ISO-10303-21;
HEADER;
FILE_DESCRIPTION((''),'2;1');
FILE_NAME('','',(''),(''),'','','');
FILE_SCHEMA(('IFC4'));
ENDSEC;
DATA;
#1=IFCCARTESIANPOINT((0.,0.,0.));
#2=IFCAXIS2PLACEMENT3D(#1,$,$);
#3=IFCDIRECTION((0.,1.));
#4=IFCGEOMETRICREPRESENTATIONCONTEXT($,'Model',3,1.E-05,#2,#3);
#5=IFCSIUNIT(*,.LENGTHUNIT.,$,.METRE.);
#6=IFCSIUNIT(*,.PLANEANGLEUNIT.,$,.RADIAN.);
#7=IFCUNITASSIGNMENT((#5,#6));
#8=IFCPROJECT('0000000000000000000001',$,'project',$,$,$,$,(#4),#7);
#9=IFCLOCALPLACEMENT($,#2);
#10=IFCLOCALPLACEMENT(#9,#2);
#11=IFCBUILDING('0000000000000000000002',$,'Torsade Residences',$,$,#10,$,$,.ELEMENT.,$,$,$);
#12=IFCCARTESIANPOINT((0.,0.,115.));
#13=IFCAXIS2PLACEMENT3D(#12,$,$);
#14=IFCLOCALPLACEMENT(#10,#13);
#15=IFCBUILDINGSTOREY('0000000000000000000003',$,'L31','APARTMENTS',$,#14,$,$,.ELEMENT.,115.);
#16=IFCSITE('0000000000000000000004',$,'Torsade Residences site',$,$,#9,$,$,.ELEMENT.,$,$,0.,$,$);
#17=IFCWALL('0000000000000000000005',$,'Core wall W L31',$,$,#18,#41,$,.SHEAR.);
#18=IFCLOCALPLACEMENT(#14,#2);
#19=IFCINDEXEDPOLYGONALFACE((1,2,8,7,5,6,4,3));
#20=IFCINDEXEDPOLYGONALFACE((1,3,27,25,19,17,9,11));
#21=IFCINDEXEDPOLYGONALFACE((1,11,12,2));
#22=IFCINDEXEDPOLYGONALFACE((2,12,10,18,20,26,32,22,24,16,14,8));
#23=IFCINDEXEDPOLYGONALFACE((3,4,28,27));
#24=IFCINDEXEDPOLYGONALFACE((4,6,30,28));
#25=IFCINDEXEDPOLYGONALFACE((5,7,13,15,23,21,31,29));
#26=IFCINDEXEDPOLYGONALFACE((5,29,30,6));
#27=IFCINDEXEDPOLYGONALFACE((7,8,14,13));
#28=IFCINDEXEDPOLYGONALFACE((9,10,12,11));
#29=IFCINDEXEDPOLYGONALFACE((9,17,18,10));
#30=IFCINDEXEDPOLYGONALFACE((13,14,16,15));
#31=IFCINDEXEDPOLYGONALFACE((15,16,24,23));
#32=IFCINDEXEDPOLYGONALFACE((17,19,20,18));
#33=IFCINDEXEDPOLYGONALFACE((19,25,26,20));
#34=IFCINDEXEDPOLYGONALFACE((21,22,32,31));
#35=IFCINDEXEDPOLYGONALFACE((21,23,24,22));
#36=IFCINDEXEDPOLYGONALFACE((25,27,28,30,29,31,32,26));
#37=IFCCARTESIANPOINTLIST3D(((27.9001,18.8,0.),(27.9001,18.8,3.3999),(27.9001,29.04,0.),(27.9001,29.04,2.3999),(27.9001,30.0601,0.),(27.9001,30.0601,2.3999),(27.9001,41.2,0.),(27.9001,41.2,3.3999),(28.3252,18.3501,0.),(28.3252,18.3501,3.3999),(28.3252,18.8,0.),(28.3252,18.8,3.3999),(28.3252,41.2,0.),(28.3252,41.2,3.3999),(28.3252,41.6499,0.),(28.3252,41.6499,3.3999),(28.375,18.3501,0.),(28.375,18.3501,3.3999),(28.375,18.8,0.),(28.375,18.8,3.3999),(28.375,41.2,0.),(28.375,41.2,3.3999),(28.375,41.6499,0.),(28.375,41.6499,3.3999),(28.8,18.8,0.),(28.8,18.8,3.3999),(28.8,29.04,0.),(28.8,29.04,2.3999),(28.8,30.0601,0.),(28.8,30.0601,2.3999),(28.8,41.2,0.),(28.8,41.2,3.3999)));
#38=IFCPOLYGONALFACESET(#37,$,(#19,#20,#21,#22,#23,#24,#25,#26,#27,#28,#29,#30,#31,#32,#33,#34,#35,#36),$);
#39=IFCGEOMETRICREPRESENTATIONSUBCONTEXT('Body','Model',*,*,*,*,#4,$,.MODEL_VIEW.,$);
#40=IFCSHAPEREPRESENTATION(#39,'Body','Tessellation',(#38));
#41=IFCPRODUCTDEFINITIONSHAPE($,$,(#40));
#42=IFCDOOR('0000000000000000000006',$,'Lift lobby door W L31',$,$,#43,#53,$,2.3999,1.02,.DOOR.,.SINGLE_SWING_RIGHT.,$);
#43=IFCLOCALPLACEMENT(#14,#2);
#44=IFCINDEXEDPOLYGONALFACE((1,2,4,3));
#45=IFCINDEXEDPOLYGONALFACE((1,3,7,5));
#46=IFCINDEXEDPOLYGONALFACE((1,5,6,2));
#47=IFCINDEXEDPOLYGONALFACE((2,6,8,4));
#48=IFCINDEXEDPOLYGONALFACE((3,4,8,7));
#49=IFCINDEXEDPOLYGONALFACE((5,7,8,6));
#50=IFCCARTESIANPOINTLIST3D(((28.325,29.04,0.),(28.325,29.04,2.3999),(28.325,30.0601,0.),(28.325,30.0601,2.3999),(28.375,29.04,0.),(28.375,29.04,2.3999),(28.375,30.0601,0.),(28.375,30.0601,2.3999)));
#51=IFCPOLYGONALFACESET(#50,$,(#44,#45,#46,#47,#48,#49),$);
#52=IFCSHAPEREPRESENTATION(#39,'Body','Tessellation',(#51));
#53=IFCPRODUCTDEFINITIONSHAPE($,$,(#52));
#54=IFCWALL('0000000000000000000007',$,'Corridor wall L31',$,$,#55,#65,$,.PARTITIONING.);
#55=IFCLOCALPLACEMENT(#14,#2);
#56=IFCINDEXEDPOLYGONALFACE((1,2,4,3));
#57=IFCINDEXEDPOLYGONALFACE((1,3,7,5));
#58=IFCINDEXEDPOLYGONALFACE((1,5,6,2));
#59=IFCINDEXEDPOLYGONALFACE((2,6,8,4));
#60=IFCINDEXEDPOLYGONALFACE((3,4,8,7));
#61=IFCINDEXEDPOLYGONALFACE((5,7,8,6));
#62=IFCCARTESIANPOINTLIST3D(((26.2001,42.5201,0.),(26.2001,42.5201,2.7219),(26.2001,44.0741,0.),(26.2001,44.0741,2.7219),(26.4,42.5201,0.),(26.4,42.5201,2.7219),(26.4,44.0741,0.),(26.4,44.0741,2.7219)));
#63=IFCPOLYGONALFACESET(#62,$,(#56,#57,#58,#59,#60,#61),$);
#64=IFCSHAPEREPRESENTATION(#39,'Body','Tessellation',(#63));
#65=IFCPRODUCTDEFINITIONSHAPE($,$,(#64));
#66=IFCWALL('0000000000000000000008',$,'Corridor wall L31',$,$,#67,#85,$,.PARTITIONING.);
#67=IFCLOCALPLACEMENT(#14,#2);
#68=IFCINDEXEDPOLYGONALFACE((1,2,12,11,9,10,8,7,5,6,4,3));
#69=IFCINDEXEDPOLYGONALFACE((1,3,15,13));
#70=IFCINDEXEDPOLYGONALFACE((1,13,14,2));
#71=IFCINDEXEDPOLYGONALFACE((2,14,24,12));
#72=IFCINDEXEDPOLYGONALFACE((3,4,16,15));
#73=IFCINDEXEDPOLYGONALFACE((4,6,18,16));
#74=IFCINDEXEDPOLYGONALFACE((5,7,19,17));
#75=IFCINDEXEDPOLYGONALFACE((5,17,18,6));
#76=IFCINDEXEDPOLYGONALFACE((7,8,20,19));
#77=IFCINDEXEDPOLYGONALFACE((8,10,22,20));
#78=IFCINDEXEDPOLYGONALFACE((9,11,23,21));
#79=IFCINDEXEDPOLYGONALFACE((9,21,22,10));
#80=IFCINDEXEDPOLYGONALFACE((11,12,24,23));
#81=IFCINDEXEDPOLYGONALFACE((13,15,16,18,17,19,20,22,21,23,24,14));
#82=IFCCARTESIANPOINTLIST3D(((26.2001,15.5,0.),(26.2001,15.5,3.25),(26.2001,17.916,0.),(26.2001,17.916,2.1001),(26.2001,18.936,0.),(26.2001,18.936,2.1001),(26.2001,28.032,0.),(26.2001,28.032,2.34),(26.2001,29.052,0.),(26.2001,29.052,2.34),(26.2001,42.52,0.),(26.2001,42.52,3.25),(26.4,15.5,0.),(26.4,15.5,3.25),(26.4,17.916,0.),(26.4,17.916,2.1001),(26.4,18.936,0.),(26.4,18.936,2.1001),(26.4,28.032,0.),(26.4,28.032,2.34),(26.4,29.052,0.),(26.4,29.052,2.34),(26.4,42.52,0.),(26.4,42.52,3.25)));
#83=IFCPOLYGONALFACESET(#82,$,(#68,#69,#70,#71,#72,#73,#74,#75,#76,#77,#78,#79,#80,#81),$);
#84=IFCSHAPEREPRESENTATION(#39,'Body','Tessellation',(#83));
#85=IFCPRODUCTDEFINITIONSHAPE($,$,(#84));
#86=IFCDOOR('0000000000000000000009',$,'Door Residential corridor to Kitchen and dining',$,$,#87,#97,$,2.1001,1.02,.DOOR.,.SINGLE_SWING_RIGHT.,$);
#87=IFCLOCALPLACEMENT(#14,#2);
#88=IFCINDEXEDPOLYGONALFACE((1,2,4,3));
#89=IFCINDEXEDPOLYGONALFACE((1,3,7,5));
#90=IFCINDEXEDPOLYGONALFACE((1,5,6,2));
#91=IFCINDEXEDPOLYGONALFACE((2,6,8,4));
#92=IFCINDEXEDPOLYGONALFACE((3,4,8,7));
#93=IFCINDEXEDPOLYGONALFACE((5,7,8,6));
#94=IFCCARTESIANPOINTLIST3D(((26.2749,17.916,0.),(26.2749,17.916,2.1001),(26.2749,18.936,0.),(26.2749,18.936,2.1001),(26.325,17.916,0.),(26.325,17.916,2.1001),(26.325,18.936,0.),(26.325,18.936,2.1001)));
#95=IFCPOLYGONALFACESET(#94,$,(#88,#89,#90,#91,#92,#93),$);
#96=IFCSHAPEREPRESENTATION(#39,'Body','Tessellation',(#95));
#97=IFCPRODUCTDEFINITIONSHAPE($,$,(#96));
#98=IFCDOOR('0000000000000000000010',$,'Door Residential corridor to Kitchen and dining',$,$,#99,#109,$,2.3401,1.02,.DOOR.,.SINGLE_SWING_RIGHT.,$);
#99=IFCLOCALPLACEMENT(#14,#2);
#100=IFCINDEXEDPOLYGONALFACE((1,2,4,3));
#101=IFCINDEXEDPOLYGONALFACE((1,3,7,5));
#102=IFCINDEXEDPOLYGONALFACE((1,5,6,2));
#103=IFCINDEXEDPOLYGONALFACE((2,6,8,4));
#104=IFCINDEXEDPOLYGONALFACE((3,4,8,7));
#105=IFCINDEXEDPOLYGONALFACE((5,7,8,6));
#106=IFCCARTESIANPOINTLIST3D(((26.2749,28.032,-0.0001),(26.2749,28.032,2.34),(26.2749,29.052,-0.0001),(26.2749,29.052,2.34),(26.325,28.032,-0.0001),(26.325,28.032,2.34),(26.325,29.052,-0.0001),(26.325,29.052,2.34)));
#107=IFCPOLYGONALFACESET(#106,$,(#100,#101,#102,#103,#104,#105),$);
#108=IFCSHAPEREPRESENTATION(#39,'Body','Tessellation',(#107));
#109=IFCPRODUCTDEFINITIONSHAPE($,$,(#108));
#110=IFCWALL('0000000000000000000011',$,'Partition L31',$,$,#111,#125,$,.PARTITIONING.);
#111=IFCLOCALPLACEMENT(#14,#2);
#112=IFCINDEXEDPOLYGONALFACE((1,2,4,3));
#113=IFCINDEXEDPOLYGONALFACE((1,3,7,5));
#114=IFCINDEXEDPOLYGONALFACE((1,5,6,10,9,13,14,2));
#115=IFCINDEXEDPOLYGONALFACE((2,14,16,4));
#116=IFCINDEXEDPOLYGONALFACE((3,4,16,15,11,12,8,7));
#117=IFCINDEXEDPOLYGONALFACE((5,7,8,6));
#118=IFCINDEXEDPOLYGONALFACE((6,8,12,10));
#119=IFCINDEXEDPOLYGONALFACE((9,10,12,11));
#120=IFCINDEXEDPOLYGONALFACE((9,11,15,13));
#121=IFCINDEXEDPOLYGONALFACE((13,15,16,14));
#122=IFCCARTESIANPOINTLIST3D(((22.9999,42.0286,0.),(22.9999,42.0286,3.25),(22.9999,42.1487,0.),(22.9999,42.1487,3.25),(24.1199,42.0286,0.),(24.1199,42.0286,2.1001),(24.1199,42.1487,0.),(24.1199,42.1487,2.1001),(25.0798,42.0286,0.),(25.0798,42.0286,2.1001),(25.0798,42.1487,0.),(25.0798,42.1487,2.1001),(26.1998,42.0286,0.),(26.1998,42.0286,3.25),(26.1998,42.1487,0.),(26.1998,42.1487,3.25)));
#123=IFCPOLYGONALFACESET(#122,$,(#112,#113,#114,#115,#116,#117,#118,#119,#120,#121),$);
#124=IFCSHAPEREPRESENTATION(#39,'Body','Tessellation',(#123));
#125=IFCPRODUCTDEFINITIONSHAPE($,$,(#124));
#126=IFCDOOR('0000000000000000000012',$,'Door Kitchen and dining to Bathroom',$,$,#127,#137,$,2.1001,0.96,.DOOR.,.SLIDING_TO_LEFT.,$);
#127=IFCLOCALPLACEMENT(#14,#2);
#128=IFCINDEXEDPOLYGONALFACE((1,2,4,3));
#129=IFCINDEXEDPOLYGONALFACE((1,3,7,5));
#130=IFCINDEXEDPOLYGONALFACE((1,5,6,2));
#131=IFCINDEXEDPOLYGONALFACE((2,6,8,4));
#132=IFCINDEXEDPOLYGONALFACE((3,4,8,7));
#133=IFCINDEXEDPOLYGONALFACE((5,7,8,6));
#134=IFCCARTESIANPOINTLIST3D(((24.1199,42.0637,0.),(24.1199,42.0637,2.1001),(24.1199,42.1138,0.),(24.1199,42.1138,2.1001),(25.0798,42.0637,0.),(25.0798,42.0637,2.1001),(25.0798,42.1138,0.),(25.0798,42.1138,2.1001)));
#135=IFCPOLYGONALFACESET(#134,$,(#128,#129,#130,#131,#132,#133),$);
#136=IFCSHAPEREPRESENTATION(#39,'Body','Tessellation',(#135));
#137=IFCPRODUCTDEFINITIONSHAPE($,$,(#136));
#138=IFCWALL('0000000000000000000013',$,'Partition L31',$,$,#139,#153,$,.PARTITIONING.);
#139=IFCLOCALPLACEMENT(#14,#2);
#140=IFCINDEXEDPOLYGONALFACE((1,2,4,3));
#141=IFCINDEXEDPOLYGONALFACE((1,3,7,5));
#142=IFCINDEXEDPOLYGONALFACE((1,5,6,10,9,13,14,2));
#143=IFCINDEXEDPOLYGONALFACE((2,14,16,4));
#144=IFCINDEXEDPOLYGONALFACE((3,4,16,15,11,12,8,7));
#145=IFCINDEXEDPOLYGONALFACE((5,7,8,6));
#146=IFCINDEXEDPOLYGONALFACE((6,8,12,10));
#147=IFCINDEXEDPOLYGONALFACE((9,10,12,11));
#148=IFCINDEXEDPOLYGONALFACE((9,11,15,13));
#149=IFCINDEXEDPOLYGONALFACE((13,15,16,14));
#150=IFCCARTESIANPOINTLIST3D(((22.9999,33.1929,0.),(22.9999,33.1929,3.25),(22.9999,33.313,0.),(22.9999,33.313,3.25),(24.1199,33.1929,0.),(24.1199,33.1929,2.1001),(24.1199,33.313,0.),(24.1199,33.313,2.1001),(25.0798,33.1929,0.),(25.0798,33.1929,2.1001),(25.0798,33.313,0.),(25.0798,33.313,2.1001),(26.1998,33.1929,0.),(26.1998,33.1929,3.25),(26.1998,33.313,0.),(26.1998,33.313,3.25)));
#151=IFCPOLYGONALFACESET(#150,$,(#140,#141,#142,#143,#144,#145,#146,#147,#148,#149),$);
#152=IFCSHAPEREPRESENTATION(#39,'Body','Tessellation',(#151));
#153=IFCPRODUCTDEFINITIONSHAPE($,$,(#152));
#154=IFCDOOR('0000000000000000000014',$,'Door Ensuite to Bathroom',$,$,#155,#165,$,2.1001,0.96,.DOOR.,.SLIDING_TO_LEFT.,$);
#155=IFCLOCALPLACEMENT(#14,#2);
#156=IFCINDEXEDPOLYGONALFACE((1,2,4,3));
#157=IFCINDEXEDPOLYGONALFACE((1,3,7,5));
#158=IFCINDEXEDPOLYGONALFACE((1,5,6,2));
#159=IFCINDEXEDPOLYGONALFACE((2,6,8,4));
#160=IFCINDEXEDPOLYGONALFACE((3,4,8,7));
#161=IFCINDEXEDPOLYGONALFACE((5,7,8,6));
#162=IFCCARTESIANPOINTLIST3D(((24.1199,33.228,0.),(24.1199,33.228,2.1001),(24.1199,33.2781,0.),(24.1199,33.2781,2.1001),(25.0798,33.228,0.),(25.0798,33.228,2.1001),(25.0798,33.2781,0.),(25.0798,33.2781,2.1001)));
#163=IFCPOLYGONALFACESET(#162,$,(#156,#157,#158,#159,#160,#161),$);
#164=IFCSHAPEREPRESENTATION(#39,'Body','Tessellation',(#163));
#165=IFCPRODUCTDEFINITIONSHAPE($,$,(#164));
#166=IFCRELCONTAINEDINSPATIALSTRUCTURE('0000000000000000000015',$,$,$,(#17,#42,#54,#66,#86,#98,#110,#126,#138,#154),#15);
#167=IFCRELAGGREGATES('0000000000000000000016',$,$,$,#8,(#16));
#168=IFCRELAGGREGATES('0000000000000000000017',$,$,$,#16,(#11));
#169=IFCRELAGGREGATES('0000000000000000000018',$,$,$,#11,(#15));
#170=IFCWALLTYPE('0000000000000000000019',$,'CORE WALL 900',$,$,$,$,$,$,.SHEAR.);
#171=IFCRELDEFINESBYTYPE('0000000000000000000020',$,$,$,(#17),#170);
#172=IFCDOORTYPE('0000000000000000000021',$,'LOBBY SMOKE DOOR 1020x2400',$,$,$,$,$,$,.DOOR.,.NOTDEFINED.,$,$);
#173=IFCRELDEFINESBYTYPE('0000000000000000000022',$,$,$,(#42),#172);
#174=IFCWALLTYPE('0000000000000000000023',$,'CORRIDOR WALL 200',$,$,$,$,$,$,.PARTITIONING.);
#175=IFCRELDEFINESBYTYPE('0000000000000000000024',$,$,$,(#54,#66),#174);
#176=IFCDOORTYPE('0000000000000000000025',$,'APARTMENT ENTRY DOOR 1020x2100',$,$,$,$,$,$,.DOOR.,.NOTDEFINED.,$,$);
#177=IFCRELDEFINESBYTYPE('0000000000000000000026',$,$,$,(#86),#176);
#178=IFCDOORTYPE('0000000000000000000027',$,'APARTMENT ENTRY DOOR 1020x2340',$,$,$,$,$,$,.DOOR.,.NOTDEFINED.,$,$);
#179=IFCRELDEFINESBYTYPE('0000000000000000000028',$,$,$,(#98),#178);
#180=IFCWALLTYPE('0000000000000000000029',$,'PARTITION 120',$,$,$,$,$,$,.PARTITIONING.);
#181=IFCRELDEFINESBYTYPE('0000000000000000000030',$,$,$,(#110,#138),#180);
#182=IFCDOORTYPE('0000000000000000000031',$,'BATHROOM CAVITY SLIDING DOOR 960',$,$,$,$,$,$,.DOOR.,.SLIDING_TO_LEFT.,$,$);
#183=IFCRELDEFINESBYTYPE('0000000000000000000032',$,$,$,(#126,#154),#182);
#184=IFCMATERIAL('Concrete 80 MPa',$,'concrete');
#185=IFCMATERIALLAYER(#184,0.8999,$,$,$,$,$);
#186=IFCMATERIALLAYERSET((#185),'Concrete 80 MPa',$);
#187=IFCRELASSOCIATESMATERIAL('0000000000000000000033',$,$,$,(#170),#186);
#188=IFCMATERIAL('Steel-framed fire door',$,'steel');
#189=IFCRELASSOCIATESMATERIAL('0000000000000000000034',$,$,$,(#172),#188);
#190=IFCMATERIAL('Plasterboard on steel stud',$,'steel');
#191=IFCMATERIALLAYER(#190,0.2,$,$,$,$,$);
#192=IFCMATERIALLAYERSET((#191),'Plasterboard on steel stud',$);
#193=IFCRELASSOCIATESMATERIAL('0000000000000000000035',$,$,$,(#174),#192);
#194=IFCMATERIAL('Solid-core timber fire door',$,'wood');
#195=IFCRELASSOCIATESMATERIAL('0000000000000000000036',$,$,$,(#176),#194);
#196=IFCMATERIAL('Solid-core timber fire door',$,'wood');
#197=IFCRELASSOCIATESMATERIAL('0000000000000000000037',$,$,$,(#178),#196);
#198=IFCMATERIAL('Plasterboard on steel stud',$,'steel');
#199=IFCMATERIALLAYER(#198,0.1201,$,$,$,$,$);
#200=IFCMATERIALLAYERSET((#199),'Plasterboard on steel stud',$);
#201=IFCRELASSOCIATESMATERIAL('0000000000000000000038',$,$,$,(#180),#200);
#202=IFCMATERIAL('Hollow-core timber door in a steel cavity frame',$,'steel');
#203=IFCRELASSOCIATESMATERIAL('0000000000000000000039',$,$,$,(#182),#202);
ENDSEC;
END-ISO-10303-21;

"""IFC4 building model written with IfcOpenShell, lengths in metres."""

from ifc_helpers import new_model, si_unit, direction, frame, frame_2d, origin, place, context, subcontext, project, spatial, polyline, rectangle, outline, extrude, material, layer, layer_set, type_object, element, fill, save


model = new_model("IFC4")

# Units and contexts
model_context = context("Model", 3, precision=1e-05, world=origin(), true_north=direction((0.0, 1.0)))
body_context = subcontext(model_context, "Body", "Model", "MODEL_VIEW")
ifc_project = project(units=[si_unit("LENGTHUNIT", "METRE"), si_unit("PLANEANGLEUNIT", "RADIAN")], contexts=[model_context])

# Site, building, storey
site_placement = place(None, origin())
site = spatial("IfcSite", under=ifc_project, at=site_placement, Name="Torsade Residences site", CompositionType="ELEMENT", RefElevation=0.0)
building_placement = place(site_placement, origin())
building = spatial("IfcBuilding", under=site, at=building_placement, Name="Torsade Residences", CompositionType="ELEMENT")
storey_placement = place(building_placement, frame((0.0, 0.0, 115.0)))
storey = spatial("IfcBuildingStorey", under=building, at=storey_placement, Name="L31", Description="APARTMENTS", CompositionType="ELEMENT", Elevation=115.0)

# Shared definitions
ifc_material_1 = material(Name="Concrete 80 MPa", Category="concrete")
ifc_layer_1 = layer(ifc_material_1, 0.8999)
ifc_layer_set_1 = layer_set([ifc_layer_1], Name="Concrete 80 MPa")
wall_type_1 = type_object("IfcWallType", Name="CORE WALL 900", PredefinedType="SHEAR", material=ifc_layer_set_1)

# Wall, opening, door
wall_1_placement = place(storey_placement, frame((28.3501, 41.2, 0.0), z_axis=(0.0, 0.0, 1.0), x_axis=(0.0, -1.0, 0.0)))
wall_1 = element("IfcWall", 1, at=wall_1_placement, inside=storey, type_object=wall_type_1, Name="Core wall W L31", PredefinedType="SHEAR", context=body_context, shape_type="SweptSolid", body=[
    extrude(outline(polyline([(0.0, -0.45), (22.3999, -0.45), (22.3999, -0.0249), (22.8499, -0.0249), (22.8499, 0.0249), (22.3999, 0.0249), (22.3999, 0.45), (0.0, 0.45), (0.0, 0.0249), (-0.45, 0.0249), (-0.45, -0.0249), (0.0, -0.0249), (0.0, -0.45)])), origin(), (0.0, 0.0, 1.0), 3.3999),
])
opening_1_placement = place(wall_1_placement, frame((11.1399, 0.0, 0.0)))
opening_1 = element("IfcOpeningElement", 2, at=opening_1_placement, cuts=wall_1, PredefinedType="OPENING", context=body_context, shape_type="SweptSolid", body=[
    extrude(rectangle(XDim=1.02, YDim=2.3999, at=frame_2d((0.51, 1.2))), frame((0.0, 0.46, 0.0), z_axis=(0.0, -1.0, 0.0), x_axis=(1.0, 0.0, 0.0)), (0.0, 0.0, 1.0), 0.9199),
])
ifc_material_2 = material(Name="Steel-framed fire door", Category="steel")
door_type_1 = type_object("IfcDoorType", Name="LOBBY SMOKE DOOR 1020x2400", OperationType="NOTDEFINED", PredefinedType="DOOR", material=ifc_material_2)
door_1_placement = place(opening_1_placement, origin())
door_1 = element("IfcDoor", 3, at=door_1_placement, inside=storey, type_object=door_type_1, Name="Lift lobby door W L31", OperationType="SINGLE_SWING_RIGHT", OverallHeight=2.3999, OverallWidth=1.02, PredefinedType="DOOR", context=body_context, shape_type="SweptSolid", body=[
    extrude(rectangle(XDim=1.02, YDim=2.3999, at=frame_2d((0.51, 1.2))), frame((0.0, 0.0249, 0.0), z_axis=(0.0, -1.0, 0.0), x_axis=(1.0, 0.0, 0.0)), (0.0, 0.0, 1.0), 0.05),
])
fill(opening_1, door_1)

# Wall
ifc_material_3 = material(Name="Plasterboard on steel stud", Category="steel")
ifc_layer_2 = layer(ifc_material_3, 0.2)
ifc_layer_set_2 = layer_set([ifc_layer_2], Name="Plasterboard on steel stud")
wall_type_2 = type_object("IfcWallType", Name="CORRIDOR WALL 200", PredefinedType="PARTITIONING", material=ifc_layer_set_2)
wall_2_placement = place(storey_placement, frame((26.3, 44.074, 0.0), z_axis=(0.0, 0.0, 1.0), x_axis=(0.0, -1.0, 0.0)))
element("IfcWall", 4, at=wall_2_placement, inside=storey, type_object=wall_type_2, Name="Corridor wall L31", PredefinedType="PARTITIONING", context=body_context, shape_type="SweptSolid", body=[
    extrude(rectangle(XDim=1.554, YDim=0.2, at=frame_2d((0.7769, 0.0))), origin(), (0.0, 0.0, 1.0), 2.7219),
])

# Wall, openings, doors
wall_3_placement = place(storey_placement, frame((26.3, 42.52, 0.0), z_axis=(0.0, 0.0, 1.0), x_axis=(0.0, -1.0, 0.0)))
wall_3 = element("IfcWall", 5, at=wall_3_placement, inside=storey, type_object=wall_type_2, Name="Corridor wall L31", PredefinedType="PARTITIONING", context=body_context, shape_type="SweptSolid", body=[
    extrude(rectangle(XDim=27.02, YDim=0.2, at=frame_2d((13.51, 0.0))), origin(), (0.0, 0.0, 1.0), 3.25),
])
opening_2_placement = place(wall_3_placement, frame((23.584, 0.0, 0.0)))
opening_2 = element("IfcOpeningElement", 6, at=opening_2_placement, cuts=wall_3, PredefinedType="OPENING", context=body_context, shape_type="SweptSolid", body=[
    extrude(rectangle(XDim=1.02, YDim=2.1001, at=frame_2d((0.51, 1.05))), frame((0.0, 0.1099, 0.0), z_axis=(0.0, -1.0, 0.0), x_axis=(1.0, 0.0, 0.0)), (0.0, 0.0, 1.0), 0.22),
])
opening_3_placement = place(wall_3_placement, frame((13.468, 0.0, 0.0)))
opening_3 = element("IfcOpeningElement", 7, at=opening_3_placement, cuts=wall_3, PredefinedType="OPENING", context=body_context, shape_type="SweptSolid", body=[
    extrude(rectangle(XDim=1.02, YDim=2.3401, at=frame_2d((0.51, 1.1699))), frame((0.0, 0.1099, 0.0), z_axis=(0.0, -1.0, 0.0), x_axis=(1.0, 0.0, 0.0)), (0.0, 0.0, 1.0), 0.22),
])
ifc_material_4 = material(Name="Solid-core timber fire door", Category="wood")
door_type_2 = type_object("IfcDoorType", Name="APARTMENT ENTRY DOOR 1020x2100", OperationType="NOTDEFINED", PredefinedType="DOOR", material=ifc_material_4)
door_2_placement = place(opening_2_placement, origin())
door_2 = element("IfcDoor", 8, at=door_2_placement, inside=storey, type_object=door_type_2, Name="Door Residential corridor to Kitchen and dining", OperationType="SINGLE_SWING_RIGHT", OverallHeight=2.1001, OverallWidth=1.02, PredefinedType="DOOR", context=body_context, shape_type="SweptSolid", body=[
    extrude(rectangle(XDim=1.02, YDim=2.1001, at=frame_2d((0.51, 1.05))), frame((0.0, 0.0249, 0.0), z_axis=(0.0, -1.0, 0.0), x_axis=(1.0, 0.0, 0.0)), (0.0, 0.0, 1.0), 0.05),
])
fill(opening_2, door_2)
ifc_material_5 = material(Name="Solid-core timber fire door", Category="wood")
door_type_3 = type_object("IfcDoorType", Name="APARTMENT ENTRY DOOR 1020x2340", OperationType="NOTDEFINED", PredefinedType="DOOR", material=ifc_material_5)
door_3_placement = place(opening_3_placement, origin())
door_3 = element("IfcDoor", 9, at=door_3_placement, inside=storey, type_object=door_type_3, Name="Door Residential corridor to Kitchen and dining", OperationType="SINGLE_SWING_RIGHT", OverallHeight=2.3401, OverallWidth=1.02, PredefinedType="DOOR", context=body_context, shape_type="SweptSolid", body=[
    extrude(rectangle(XDim=1.02, YDim=2.3401, at=frame_2d((0.51, 1.1699))), frame((0.0, 0.0249, 0.0), z_axis=(0.0, -1.0, 0.0), x_axis=(1.0, 0.0, 0.0)), (0.0, 0.0, 1.0), 0.05),
])
fill(opening_3, door_3)

# Walls, openings, doors
ifc_material_6 = material(Name="Plasterboard on steel stud", Category="steel")
ifc_layer_3 = layer(ifc_material_6, 0.1201)
ifc_layer_set_3 = layer_set([ifc_layer_3], Name="Plasterboard on steel stud")
wall_type_3 = type_object("IfcWallType", Name="PARTITION 120", PredefinedType="PARTITIONING", material=ifc_layer_set_3)
wall_4_placement = place(storey_placement, frame((26.2, 42.0886, 0.0), z_axis=(0.0, 0.0, 1.0), x_axis=(-1.0, 0.0, 0.0)))
wall_4 = element("IfcWall", 10, at=wall_4_placement, inside=storey, type_object=wall_type_3, Name="Partition L31", PredefinedType="PARTITIONING", context=body_context, shape_type="SweptSolid", body=[
    extrude(rectangle(XDim=3.2, YDim=0.1201, at=frame_2d((1.6001, 0.0))), origin(), (0.0, 0.0, 1.0), 3.25),
])
opening_4_placement = place(wall_4_placement, frame((1.1201, 0.0, 0.0)))
opening_4 = element("IfcOpeningElement", 11, at=opening_4_placement, cuts=wall_4, PredefinedType="OPENING", context=body_context, shape_type="SweptSolid", body=[
    extrude(rectangle(XDim=0.96, YDim=2.1001, at=frame_2d((0.48, 1.05))), frame((0.0, 0.0701, 0.0), z_axis=(0.0, -1.0, 0.0), x_axis=(1.0, 0.0, 0.0)), (0.0, 0.0, 1.0), 0.1401),
])
ifc_material_7 = material(Name="Hollow-core timber door in a steel cavity frame", Category="steel")
door_type_4 = type_object("IfcDoorType", Name="BATHROOM CAVITY SLIDING DOOR 960", OperationType="SLIDING_TO_LEFT", PredefinedType="DOOR", material=ifc_material_7)
door_4_placement = place(opening_4_placement, origin())
door_4 = element("IfcDoor", 12, at=door_4_placement, inside=storey, type_object=door_type_4, Name="Door Kitchen and dining to Bathroom", OperationType="SLIDING_TO_LEFT", OverallHeight=2.1001, OverallWidth=0.96, PredefinedType="DOOR", context=body_context, shape_type="SweptSolid", body=[
    extrude(rectangle(XDim=0.96, YDim=2.1001, at=frame_2d((0.48, 1.05))), frame((0.0, 0.0249, 0.0), z_axis=(0.0, -1.0, 0.0), x_axis=(1.0, 0.0, 0.0)), (0.0, 0.0, 1.0), 0.05),
])
fill(opening_4, door_4)
wall_5_placement = place(storey_placement, frame((26.2, 33.2529, 0.0), z_axis=(0.0, 0.0, 1.0), x_axis=(-1.0, 0.0, 0.0)))
wall_5 = element("IfcWall", 13, at=wall_5_placement, inside=storey, type_object=wall_type_3, Name="Partition L31", PredefinedType="PARTITIONING", context=body_context, shape_type="SweptSolid", body=[
    extrude(rectangle(XDim=3.2, YDim=0.1201, at=frame_2d((1.6001, 0.0))), origin(), (0.0, 0.0, 1.0), 3.25),
])
opening_5_placement = place(wall_5_placement, frame((1.1201, 0.0, 0.0)))
opening_5 = element("IfcOpeningElement", 14, at=opening_5_placement, cuts=wall_5, PredefinedType="OPENING", context=body_context, shape_type="SweptSolid", body=[
    extrude(rectangle(XDim=0.96, YDim=2.1001, at=frame_2d((0.48, 1.05))), frame((0.0, 0.0701, 0.0), z_axis=(0.0, -1.0, 0.0), x_axis=(1.0, 0.0, 0.0)), (0.0, 0.0, 1.0), 0.1401),
])
door_5_placement = place(opening_5_placement, origin())
door_5 = element("IfcDoor", 15, at=door_5_placement, inside=storey, type_object=door_type_4, Name="Door Ensuite to Bathroom", OperationType="SLIDING_TO_LEFT", OverallHeight=2.1001, OverallWidth=0.96, PredefinedType="DOOR", context=body_context, shape_type="SweptSolid", body=[
    extrude(rectangle(XDim=0.96, YDim=2.1001, at=frame_2d((0.48, 1.05))), frame((0.0, 0.0249, 0.0), z_axis=(0.0, -1.0, 0.0), x_axis=(1.0, 0.0, 0.0)), (0.0, 0.0, 1.0), 0.05),
])
fill(opening_5, door_5)

save(model, "model.ifc")
